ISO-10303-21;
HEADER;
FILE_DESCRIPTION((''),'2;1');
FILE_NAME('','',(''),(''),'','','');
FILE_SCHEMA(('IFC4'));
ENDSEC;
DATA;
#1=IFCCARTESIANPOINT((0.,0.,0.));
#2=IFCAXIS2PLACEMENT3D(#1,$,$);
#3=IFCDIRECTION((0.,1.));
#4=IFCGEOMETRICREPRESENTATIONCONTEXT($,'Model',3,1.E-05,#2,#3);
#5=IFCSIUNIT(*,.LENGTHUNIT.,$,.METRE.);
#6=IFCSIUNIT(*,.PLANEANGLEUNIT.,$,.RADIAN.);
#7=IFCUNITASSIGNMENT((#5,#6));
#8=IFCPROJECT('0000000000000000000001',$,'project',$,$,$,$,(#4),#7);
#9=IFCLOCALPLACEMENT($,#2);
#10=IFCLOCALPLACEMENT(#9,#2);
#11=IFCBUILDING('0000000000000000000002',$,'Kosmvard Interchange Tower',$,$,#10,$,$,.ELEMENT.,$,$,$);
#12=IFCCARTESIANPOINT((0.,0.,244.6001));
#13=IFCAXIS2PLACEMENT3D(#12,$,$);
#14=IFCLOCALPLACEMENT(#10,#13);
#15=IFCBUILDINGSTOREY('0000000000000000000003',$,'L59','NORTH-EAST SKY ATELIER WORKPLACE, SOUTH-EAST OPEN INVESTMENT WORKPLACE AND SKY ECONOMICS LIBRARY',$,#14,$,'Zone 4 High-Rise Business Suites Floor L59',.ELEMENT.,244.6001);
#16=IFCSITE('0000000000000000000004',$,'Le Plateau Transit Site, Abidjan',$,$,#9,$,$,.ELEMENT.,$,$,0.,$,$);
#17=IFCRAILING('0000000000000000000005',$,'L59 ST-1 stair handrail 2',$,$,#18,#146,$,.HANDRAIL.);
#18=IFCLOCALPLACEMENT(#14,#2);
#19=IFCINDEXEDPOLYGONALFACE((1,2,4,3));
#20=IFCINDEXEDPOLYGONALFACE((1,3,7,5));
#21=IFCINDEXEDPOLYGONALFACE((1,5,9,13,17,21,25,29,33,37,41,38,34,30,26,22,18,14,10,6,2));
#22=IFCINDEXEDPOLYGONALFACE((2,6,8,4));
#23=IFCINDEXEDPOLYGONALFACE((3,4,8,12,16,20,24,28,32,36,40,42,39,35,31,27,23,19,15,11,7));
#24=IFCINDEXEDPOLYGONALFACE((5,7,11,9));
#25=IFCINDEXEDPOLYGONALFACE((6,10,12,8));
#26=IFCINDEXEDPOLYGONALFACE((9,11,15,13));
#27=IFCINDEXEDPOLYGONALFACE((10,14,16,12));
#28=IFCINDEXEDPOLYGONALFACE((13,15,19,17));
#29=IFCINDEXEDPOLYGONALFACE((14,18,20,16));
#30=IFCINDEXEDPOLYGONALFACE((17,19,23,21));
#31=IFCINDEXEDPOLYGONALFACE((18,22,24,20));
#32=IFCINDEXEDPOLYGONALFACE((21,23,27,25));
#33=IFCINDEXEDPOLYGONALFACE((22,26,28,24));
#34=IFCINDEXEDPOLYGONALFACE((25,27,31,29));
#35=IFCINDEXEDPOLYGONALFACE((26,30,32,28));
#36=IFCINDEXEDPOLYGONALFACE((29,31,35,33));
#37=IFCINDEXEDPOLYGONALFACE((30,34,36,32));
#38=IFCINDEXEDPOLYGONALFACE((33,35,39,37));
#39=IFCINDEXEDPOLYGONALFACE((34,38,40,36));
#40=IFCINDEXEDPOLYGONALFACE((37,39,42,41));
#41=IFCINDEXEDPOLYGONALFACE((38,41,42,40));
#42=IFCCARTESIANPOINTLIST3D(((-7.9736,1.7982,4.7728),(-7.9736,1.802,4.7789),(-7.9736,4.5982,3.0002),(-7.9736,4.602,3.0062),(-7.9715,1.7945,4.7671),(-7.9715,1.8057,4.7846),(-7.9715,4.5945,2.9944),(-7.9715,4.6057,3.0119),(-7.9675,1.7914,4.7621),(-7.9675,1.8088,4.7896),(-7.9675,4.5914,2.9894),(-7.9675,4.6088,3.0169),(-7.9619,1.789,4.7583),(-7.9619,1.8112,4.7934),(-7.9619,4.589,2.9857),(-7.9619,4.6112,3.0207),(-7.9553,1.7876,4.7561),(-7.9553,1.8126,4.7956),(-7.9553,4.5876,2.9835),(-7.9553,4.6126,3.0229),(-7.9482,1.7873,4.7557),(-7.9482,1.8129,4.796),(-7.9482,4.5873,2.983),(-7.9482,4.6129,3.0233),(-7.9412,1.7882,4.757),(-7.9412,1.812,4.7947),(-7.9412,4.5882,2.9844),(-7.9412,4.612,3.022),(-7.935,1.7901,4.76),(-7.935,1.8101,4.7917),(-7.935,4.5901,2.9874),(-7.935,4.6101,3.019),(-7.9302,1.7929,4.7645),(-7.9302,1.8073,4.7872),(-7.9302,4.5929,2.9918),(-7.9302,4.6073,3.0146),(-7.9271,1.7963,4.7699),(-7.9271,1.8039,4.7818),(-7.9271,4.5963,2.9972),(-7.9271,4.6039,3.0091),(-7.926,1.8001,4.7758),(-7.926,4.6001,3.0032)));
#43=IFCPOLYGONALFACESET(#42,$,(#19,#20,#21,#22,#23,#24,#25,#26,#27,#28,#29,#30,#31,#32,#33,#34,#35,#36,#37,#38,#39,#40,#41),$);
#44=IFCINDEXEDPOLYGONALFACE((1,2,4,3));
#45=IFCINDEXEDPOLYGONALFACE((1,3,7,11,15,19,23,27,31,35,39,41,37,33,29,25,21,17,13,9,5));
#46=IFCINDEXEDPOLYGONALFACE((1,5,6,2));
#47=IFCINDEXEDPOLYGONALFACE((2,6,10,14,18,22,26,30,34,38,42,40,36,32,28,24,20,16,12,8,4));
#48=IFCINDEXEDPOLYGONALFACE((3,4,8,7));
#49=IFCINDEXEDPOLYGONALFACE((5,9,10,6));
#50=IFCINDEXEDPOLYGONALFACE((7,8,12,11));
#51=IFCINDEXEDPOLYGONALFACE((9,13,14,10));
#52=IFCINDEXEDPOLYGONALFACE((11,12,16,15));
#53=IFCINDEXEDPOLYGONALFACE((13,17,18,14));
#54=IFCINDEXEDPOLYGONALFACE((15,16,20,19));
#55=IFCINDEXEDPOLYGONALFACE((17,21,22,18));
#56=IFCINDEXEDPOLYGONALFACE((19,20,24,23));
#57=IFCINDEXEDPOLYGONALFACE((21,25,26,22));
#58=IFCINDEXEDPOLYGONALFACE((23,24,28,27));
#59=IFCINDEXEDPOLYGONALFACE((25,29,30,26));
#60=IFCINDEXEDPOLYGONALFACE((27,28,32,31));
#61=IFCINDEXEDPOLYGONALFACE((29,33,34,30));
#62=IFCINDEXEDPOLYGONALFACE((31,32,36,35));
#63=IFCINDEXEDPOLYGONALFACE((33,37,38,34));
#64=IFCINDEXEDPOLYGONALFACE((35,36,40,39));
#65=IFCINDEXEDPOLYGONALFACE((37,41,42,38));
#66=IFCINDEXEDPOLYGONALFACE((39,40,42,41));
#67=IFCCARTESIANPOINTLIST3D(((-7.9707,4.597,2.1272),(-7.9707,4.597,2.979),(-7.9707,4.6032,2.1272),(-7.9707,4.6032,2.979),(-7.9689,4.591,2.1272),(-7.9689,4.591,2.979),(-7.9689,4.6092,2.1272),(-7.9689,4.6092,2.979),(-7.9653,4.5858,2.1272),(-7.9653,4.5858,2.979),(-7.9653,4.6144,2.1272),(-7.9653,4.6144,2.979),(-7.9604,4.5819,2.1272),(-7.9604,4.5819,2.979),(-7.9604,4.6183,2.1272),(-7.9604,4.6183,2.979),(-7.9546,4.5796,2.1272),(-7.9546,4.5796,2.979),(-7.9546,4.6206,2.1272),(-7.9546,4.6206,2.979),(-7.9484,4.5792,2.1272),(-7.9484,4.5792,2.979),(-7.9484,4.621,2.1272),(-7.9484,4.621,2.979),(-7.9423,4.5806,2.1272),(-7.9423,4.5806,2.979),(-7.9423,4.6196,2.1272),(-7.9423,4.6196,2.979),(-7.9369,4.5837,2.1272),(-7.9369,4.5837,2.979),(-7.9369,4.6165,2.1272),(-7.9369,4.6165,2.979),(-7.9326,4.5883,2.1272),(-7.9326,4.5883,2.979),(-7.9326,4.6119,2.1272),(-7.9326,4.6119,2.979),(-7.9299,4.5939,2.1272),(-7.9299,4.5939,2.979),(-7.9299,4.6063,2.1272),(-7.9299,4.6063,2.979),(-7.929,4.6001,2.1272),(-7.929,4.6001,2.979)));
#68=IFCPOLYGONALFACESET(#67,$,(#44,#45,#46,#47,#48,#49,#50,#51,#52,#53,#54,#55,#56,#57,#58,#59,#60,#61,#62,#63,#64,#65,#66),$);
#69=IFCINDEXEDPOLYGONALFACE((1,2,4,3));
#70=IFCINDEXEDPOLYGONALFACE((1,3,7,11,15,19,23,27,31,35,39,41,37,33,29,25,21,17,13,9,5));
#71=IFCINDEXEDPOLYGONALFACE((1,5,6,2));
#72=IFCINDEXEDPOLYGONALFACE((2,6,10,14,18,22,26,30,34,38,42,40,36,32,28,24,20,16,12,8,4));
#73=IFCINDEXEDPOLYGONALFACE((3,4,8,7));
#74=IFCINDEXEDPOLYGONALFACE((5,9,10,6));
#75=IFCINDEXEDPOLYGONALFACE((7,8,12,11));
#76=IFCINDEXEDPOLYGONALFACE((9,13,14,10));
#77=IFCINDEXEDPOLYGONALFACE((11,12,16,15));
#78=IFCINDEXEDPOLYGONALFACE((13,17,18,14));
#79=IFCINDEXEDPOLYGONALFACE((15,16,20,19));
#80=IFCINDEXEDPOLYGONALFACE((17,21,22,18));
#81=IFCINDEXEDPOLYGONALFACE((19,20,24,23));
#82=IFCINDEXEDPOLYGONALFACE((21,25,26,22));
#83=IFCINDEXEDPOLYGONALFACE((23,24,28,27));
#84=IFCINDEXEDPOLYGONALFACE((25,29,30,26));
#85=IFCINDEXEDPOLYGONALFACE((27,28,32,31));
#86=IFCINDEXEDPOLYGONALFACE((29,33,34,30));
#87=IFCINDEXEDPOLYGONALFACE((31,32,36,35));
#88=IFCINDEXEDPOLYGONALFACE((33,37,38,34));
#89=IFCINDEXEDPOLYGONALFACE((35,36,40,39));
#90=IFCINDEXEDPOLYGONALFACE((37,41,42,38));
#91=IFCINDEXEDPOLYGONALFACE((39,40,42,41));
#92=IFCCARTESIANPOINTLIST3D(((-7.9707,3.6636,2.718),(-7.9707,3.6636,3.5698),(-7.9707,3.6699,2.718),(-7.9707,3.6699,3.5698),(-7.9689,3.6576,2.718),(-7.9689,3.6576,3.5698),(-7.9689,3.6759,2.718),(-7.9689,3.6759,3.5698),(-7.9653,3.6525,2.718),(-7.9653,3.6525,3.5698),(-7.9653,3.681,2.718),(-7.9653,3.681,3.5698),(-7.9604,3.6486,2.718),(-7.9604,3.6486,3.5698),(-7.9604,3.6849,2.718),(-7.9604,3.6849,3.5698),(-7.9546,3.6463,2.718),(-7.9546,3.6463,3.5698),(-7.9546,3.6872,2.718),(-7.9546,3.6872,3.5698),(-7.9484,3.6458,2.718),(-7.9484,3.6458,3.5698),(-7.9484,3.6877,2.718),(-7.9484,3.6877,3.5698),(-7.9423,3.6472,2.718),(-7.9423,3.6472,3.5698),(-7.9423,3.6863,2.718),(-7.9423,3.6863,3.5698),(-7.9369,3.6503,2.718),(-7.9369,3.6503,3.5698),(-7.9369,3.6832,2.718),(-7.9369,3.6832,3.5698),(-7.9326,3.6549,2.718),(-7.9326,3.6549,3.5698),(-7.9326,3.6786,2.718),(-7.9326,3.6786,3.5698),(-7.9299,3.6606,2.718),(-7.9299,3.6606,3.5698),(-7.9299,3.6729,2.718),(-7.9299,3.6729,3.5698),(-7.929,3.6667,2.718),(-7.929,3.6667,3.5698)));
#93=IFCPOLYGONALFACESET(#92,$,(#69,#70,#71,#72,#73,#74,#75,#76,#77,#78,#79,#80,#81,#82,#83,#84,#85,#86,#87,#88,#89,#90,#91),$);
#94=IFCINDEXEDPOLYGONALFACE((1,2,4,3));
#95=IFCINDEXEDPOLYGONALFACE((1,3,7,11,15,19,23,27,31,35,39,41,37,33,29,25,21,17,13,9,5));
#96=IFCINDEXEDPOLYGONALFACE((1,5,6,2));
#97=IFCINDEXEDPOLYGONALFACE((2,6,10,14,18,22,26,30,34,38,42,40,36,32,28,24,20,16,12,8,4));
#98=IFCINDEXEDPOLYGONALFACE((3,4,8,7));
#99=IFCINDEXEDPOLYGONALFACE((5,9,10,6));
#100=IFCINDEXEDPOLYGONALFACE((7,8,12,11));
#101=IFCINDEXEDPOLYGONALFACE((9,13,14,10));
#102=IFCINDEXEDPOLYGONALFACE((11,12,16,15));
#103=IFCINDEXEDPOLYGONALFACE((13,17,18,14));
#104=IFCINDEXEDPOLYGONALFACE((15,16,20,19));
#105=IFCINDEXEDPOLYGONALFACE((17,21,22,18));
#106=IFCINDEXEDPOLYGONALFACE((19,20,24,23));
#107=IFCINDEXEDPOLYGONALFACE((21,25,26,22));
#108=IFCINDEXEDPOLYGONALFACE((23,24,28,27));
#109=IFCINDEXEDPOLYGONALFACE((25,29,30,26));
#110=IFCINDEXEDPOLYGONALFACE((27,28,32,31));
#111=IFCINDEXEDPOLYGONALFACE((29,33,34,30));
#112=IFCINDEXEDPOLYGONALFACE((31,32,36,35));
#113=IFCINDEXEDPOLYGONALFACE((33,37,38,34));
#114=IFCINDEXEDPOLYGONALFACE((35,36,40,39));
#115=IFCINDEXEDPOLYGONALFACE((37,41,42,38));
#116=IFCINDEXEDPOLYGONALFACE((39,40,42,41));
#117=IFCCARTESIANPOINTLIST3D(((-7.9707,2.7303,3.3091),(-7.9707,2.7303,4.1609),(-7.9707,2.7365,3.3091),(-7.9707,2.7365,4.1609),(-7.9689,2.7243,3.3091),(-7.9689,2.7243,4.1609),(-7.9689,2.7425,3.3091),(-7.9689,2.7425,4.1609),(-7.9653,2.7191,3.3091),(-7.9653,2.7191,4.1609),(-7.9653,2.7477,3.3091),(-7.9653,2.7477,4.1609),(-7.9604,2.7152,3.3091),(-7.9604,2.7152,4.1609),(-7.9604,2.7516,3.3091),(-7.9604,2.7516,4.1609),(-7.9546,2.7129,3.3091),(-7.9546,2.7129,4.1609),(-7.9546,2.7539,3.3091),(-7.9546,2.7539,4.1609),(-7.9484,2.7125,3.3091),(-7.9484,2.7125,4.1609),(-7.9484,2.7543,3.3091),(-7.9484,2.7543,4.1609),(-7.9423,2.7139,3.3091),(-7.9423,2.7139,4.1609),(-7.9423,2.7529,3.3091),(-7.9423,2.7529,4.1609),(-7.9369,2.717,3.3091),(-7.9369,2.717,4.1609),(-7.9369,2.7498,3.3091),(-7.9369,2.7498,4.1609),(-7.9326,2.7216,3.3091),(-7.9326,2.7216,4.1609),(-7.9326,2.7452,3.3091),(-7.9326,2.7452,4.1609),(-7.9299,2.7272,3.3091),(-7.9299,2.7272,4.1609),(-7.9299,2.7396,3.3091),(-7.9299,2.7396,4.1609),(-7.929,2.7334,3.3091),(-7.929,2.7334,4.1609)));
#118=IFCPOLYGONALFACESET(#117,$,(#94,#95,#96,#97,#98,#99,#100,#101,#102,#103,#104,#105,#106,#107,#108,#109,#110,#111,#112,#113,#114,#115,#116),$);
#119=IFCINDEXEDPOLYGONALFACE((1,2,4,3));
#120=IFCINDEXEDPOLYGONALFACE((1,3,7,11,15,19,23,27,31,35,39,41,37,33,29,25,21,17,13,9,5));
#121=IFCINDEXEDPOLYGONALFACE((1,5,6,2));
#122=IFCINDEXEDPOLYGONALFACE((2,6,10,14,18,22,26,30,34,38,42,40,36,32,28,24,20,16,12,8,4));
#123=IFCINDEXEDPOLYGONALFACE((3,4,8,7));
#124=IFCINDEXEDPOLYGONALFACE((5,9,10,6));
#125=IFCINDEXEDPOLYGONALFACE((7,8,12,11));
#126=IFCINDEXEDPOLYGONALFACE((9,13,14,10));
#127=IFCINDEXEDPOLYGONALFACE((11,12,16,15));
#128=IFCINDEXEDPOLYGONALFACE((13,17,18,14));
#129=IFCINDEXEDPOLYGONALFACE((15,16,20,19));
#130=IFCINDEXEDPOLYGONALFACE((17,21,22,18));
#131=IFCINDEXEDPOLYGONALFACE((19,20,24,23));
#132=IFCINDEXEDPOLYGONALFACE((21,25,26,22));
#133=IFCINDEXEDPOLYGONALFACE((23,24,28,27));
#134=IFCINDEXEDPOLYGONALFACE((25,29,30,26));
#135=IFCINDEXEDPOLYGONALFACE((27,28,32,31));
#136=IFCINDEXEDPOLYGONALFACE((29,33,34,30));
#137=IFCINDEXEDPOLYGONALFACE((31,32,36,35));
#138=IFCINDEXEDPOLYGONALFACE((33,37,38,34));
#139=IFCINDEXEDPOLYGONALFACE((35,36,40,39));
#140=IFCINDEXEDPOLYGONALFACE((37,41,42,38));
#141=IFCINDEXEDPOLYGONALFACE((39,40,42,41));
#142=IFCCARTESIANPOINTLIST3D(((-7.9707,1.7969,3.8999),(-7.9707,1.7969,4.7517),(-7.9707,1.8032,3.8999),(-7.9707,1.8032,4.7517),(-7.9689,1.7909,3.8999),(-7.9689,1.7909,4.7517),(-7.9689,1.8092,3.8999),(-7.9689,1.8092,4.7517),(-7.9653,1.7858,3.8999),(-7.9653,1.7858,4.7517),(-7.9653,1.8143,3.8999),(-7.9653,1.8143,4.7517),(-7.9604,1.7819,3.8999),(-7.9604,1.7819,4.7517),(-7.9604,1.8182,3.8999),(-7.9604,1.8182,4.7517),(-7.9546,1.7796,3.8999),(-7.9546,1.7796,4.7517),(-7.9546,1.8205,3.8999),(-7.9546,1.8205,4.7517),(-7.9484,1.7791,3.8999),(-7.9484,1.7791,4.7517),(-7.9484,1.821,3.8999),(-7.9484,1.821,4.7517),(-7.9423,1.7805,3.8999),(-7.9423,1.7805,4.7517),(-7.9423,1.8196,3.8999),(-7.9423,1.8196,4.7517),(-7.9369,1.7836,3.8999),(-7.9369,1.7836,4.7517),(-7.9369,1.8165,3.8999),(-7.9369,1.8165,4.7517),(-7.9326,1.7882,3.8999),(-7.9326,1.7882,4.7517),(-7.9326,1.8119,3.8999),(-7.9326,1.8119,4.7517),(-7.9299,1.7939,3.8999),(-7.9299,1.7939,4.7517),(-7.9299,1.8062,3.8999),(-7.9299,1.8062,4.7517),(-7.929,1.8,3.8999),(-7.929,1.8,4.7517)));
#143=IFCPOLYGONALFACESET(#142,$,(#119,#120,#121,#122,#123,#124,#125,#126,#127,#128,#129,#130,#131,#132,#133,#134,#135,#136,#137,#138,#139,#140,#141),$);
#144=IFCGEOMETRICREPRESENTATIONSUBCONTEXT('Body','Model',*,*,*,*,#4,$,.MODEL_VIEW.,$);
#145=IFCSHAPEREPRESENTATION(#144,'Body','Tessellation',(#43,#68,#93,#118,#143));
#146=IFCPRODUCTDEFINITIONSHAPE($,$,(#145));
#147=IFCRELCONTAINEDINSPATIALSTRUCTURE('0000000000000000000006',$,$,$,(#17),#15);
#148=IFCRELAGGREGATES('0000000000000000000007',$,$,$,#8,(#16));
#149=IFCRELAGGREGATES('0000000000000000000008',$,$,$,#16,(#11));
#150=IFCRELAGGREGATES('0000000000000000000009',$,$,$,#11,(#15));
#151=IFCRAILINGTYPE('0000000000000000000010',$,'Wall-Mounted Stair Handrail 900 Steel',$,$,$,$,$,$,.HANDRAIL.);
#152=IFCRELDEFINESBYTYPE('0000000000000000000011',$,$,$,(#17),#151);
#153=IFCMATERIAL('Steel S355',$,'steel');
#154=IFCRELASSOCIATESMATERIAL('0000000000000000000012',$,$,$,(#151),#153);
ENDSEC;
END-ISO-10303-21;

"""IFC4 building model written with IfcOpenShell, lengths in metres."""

from ifc_helpers import new_model, si_unit, direction, frame, origin, origin_2d, place, context, subcontext, project, spatial, circle, extrude, source, transform, mapped, material, type_object, element, save


model = new_model("IFC4")

# Units and contexts
model_context = context("Model", 3, precision=1e-05, world=origin(), true_north=direction((0.0, 1.0)))
body_context = subcontext(model_context, "Body", "Model", "MODEL_VIEW")
ifc_project = project(units=[si_unit("LENGTHUNIT", "METRE"), si_unit("PLANEANGLEUNIT", "RADIAN")], contexts=[model_context])

# Site, building, storey
site_placement = place(None, origin())
site = spatial("IfcSite", under=ifc_project, at=site_placement, Name="Le Plateau Transit Site, Abidjan", CompositionType="ELEMENT", RefElevation=0.0)
building_placement = place(site_placement, origin())
building = spatial("IfcBuilding", under=site, at=building_placement, Name="Kosmvard Interchange Tower", CompositionType="ELEMENT")
storey_placement = place(building_placement, frame((0.0, 0.0, 244.6001)))
storey = spatial("IfcBuildingStorey", under=building, at=storey_placement, Name="L59", Description="NORTH-EAST SKY ATELIER WORKPLACE, SOUTH-EAST OPEN INVESTMENT WORKPLACE AND SKY ECONOMICS LIBRARY", LongName="Zone 4 High-Rise Business Suites Floor L59", CompositionType="ELEMENT", Elevation=244.6001)

# Shared definitions
ifc_material_1 = material(Name="Steel S355", Category="steel")

# Railing
railing_type_1 = type_object("IfcRailingType", Name="Wall-Mounted Stair Handrail 900 Steel", PredefinedType="HANDRAIL", material=ifc_material_1)
shared_shape_1 = source(origin(), body_context, "Body", "SweptSolid", [
    extrude(circle(Radius=0.0239, at=origin_2d()), frame((0.0, 0.0, 0.876), z_axis=(0.0, -0.844909, 0.53491), x_axis=(1.0, 0.0, 0.0)), (0.0, 0.0, 1.0), 3.314),
    extrude(circle(Radius=0.021, at=origin_2d()), origin(), (0.0, 0.0, 1.0), 0.8518),
    extrude(circle(Radius=0.021, at=origin_2d()), frame((0.0, -0.9333, 0.5908)), (0.0, 0.0, 1.0), 0.8518),
    extrude(circle(Radius=0.021, at=origin_2d()), frame((0.0, -1.8667, 1.1819)), (0.0, 0.0, 1.0), 0.8518),
    extrude(circle(Radius=0.021, at=origin_2d()), frame((0.0, -2.8, 1.7727)), (0.0, 0.0, 1.0), 0.8518),
])
railing_1_placement = place(storey_placement, frame((-7.95, 4.6001, 2.1272)))
element("IfcRailing", 1, at=railing_1_placement, inside=storey, type_object=railing_type_1, Name="L59 ST-1 stair handrail 2", PredefinedType="HANDRAIL", context=body_context, shape_type="MappedRepresentation", body=[
    mapped(shared_shape_1, transform((0.0, 0.0, 0.0), scale=1.0)),
])

save(model, "model.ifc")
